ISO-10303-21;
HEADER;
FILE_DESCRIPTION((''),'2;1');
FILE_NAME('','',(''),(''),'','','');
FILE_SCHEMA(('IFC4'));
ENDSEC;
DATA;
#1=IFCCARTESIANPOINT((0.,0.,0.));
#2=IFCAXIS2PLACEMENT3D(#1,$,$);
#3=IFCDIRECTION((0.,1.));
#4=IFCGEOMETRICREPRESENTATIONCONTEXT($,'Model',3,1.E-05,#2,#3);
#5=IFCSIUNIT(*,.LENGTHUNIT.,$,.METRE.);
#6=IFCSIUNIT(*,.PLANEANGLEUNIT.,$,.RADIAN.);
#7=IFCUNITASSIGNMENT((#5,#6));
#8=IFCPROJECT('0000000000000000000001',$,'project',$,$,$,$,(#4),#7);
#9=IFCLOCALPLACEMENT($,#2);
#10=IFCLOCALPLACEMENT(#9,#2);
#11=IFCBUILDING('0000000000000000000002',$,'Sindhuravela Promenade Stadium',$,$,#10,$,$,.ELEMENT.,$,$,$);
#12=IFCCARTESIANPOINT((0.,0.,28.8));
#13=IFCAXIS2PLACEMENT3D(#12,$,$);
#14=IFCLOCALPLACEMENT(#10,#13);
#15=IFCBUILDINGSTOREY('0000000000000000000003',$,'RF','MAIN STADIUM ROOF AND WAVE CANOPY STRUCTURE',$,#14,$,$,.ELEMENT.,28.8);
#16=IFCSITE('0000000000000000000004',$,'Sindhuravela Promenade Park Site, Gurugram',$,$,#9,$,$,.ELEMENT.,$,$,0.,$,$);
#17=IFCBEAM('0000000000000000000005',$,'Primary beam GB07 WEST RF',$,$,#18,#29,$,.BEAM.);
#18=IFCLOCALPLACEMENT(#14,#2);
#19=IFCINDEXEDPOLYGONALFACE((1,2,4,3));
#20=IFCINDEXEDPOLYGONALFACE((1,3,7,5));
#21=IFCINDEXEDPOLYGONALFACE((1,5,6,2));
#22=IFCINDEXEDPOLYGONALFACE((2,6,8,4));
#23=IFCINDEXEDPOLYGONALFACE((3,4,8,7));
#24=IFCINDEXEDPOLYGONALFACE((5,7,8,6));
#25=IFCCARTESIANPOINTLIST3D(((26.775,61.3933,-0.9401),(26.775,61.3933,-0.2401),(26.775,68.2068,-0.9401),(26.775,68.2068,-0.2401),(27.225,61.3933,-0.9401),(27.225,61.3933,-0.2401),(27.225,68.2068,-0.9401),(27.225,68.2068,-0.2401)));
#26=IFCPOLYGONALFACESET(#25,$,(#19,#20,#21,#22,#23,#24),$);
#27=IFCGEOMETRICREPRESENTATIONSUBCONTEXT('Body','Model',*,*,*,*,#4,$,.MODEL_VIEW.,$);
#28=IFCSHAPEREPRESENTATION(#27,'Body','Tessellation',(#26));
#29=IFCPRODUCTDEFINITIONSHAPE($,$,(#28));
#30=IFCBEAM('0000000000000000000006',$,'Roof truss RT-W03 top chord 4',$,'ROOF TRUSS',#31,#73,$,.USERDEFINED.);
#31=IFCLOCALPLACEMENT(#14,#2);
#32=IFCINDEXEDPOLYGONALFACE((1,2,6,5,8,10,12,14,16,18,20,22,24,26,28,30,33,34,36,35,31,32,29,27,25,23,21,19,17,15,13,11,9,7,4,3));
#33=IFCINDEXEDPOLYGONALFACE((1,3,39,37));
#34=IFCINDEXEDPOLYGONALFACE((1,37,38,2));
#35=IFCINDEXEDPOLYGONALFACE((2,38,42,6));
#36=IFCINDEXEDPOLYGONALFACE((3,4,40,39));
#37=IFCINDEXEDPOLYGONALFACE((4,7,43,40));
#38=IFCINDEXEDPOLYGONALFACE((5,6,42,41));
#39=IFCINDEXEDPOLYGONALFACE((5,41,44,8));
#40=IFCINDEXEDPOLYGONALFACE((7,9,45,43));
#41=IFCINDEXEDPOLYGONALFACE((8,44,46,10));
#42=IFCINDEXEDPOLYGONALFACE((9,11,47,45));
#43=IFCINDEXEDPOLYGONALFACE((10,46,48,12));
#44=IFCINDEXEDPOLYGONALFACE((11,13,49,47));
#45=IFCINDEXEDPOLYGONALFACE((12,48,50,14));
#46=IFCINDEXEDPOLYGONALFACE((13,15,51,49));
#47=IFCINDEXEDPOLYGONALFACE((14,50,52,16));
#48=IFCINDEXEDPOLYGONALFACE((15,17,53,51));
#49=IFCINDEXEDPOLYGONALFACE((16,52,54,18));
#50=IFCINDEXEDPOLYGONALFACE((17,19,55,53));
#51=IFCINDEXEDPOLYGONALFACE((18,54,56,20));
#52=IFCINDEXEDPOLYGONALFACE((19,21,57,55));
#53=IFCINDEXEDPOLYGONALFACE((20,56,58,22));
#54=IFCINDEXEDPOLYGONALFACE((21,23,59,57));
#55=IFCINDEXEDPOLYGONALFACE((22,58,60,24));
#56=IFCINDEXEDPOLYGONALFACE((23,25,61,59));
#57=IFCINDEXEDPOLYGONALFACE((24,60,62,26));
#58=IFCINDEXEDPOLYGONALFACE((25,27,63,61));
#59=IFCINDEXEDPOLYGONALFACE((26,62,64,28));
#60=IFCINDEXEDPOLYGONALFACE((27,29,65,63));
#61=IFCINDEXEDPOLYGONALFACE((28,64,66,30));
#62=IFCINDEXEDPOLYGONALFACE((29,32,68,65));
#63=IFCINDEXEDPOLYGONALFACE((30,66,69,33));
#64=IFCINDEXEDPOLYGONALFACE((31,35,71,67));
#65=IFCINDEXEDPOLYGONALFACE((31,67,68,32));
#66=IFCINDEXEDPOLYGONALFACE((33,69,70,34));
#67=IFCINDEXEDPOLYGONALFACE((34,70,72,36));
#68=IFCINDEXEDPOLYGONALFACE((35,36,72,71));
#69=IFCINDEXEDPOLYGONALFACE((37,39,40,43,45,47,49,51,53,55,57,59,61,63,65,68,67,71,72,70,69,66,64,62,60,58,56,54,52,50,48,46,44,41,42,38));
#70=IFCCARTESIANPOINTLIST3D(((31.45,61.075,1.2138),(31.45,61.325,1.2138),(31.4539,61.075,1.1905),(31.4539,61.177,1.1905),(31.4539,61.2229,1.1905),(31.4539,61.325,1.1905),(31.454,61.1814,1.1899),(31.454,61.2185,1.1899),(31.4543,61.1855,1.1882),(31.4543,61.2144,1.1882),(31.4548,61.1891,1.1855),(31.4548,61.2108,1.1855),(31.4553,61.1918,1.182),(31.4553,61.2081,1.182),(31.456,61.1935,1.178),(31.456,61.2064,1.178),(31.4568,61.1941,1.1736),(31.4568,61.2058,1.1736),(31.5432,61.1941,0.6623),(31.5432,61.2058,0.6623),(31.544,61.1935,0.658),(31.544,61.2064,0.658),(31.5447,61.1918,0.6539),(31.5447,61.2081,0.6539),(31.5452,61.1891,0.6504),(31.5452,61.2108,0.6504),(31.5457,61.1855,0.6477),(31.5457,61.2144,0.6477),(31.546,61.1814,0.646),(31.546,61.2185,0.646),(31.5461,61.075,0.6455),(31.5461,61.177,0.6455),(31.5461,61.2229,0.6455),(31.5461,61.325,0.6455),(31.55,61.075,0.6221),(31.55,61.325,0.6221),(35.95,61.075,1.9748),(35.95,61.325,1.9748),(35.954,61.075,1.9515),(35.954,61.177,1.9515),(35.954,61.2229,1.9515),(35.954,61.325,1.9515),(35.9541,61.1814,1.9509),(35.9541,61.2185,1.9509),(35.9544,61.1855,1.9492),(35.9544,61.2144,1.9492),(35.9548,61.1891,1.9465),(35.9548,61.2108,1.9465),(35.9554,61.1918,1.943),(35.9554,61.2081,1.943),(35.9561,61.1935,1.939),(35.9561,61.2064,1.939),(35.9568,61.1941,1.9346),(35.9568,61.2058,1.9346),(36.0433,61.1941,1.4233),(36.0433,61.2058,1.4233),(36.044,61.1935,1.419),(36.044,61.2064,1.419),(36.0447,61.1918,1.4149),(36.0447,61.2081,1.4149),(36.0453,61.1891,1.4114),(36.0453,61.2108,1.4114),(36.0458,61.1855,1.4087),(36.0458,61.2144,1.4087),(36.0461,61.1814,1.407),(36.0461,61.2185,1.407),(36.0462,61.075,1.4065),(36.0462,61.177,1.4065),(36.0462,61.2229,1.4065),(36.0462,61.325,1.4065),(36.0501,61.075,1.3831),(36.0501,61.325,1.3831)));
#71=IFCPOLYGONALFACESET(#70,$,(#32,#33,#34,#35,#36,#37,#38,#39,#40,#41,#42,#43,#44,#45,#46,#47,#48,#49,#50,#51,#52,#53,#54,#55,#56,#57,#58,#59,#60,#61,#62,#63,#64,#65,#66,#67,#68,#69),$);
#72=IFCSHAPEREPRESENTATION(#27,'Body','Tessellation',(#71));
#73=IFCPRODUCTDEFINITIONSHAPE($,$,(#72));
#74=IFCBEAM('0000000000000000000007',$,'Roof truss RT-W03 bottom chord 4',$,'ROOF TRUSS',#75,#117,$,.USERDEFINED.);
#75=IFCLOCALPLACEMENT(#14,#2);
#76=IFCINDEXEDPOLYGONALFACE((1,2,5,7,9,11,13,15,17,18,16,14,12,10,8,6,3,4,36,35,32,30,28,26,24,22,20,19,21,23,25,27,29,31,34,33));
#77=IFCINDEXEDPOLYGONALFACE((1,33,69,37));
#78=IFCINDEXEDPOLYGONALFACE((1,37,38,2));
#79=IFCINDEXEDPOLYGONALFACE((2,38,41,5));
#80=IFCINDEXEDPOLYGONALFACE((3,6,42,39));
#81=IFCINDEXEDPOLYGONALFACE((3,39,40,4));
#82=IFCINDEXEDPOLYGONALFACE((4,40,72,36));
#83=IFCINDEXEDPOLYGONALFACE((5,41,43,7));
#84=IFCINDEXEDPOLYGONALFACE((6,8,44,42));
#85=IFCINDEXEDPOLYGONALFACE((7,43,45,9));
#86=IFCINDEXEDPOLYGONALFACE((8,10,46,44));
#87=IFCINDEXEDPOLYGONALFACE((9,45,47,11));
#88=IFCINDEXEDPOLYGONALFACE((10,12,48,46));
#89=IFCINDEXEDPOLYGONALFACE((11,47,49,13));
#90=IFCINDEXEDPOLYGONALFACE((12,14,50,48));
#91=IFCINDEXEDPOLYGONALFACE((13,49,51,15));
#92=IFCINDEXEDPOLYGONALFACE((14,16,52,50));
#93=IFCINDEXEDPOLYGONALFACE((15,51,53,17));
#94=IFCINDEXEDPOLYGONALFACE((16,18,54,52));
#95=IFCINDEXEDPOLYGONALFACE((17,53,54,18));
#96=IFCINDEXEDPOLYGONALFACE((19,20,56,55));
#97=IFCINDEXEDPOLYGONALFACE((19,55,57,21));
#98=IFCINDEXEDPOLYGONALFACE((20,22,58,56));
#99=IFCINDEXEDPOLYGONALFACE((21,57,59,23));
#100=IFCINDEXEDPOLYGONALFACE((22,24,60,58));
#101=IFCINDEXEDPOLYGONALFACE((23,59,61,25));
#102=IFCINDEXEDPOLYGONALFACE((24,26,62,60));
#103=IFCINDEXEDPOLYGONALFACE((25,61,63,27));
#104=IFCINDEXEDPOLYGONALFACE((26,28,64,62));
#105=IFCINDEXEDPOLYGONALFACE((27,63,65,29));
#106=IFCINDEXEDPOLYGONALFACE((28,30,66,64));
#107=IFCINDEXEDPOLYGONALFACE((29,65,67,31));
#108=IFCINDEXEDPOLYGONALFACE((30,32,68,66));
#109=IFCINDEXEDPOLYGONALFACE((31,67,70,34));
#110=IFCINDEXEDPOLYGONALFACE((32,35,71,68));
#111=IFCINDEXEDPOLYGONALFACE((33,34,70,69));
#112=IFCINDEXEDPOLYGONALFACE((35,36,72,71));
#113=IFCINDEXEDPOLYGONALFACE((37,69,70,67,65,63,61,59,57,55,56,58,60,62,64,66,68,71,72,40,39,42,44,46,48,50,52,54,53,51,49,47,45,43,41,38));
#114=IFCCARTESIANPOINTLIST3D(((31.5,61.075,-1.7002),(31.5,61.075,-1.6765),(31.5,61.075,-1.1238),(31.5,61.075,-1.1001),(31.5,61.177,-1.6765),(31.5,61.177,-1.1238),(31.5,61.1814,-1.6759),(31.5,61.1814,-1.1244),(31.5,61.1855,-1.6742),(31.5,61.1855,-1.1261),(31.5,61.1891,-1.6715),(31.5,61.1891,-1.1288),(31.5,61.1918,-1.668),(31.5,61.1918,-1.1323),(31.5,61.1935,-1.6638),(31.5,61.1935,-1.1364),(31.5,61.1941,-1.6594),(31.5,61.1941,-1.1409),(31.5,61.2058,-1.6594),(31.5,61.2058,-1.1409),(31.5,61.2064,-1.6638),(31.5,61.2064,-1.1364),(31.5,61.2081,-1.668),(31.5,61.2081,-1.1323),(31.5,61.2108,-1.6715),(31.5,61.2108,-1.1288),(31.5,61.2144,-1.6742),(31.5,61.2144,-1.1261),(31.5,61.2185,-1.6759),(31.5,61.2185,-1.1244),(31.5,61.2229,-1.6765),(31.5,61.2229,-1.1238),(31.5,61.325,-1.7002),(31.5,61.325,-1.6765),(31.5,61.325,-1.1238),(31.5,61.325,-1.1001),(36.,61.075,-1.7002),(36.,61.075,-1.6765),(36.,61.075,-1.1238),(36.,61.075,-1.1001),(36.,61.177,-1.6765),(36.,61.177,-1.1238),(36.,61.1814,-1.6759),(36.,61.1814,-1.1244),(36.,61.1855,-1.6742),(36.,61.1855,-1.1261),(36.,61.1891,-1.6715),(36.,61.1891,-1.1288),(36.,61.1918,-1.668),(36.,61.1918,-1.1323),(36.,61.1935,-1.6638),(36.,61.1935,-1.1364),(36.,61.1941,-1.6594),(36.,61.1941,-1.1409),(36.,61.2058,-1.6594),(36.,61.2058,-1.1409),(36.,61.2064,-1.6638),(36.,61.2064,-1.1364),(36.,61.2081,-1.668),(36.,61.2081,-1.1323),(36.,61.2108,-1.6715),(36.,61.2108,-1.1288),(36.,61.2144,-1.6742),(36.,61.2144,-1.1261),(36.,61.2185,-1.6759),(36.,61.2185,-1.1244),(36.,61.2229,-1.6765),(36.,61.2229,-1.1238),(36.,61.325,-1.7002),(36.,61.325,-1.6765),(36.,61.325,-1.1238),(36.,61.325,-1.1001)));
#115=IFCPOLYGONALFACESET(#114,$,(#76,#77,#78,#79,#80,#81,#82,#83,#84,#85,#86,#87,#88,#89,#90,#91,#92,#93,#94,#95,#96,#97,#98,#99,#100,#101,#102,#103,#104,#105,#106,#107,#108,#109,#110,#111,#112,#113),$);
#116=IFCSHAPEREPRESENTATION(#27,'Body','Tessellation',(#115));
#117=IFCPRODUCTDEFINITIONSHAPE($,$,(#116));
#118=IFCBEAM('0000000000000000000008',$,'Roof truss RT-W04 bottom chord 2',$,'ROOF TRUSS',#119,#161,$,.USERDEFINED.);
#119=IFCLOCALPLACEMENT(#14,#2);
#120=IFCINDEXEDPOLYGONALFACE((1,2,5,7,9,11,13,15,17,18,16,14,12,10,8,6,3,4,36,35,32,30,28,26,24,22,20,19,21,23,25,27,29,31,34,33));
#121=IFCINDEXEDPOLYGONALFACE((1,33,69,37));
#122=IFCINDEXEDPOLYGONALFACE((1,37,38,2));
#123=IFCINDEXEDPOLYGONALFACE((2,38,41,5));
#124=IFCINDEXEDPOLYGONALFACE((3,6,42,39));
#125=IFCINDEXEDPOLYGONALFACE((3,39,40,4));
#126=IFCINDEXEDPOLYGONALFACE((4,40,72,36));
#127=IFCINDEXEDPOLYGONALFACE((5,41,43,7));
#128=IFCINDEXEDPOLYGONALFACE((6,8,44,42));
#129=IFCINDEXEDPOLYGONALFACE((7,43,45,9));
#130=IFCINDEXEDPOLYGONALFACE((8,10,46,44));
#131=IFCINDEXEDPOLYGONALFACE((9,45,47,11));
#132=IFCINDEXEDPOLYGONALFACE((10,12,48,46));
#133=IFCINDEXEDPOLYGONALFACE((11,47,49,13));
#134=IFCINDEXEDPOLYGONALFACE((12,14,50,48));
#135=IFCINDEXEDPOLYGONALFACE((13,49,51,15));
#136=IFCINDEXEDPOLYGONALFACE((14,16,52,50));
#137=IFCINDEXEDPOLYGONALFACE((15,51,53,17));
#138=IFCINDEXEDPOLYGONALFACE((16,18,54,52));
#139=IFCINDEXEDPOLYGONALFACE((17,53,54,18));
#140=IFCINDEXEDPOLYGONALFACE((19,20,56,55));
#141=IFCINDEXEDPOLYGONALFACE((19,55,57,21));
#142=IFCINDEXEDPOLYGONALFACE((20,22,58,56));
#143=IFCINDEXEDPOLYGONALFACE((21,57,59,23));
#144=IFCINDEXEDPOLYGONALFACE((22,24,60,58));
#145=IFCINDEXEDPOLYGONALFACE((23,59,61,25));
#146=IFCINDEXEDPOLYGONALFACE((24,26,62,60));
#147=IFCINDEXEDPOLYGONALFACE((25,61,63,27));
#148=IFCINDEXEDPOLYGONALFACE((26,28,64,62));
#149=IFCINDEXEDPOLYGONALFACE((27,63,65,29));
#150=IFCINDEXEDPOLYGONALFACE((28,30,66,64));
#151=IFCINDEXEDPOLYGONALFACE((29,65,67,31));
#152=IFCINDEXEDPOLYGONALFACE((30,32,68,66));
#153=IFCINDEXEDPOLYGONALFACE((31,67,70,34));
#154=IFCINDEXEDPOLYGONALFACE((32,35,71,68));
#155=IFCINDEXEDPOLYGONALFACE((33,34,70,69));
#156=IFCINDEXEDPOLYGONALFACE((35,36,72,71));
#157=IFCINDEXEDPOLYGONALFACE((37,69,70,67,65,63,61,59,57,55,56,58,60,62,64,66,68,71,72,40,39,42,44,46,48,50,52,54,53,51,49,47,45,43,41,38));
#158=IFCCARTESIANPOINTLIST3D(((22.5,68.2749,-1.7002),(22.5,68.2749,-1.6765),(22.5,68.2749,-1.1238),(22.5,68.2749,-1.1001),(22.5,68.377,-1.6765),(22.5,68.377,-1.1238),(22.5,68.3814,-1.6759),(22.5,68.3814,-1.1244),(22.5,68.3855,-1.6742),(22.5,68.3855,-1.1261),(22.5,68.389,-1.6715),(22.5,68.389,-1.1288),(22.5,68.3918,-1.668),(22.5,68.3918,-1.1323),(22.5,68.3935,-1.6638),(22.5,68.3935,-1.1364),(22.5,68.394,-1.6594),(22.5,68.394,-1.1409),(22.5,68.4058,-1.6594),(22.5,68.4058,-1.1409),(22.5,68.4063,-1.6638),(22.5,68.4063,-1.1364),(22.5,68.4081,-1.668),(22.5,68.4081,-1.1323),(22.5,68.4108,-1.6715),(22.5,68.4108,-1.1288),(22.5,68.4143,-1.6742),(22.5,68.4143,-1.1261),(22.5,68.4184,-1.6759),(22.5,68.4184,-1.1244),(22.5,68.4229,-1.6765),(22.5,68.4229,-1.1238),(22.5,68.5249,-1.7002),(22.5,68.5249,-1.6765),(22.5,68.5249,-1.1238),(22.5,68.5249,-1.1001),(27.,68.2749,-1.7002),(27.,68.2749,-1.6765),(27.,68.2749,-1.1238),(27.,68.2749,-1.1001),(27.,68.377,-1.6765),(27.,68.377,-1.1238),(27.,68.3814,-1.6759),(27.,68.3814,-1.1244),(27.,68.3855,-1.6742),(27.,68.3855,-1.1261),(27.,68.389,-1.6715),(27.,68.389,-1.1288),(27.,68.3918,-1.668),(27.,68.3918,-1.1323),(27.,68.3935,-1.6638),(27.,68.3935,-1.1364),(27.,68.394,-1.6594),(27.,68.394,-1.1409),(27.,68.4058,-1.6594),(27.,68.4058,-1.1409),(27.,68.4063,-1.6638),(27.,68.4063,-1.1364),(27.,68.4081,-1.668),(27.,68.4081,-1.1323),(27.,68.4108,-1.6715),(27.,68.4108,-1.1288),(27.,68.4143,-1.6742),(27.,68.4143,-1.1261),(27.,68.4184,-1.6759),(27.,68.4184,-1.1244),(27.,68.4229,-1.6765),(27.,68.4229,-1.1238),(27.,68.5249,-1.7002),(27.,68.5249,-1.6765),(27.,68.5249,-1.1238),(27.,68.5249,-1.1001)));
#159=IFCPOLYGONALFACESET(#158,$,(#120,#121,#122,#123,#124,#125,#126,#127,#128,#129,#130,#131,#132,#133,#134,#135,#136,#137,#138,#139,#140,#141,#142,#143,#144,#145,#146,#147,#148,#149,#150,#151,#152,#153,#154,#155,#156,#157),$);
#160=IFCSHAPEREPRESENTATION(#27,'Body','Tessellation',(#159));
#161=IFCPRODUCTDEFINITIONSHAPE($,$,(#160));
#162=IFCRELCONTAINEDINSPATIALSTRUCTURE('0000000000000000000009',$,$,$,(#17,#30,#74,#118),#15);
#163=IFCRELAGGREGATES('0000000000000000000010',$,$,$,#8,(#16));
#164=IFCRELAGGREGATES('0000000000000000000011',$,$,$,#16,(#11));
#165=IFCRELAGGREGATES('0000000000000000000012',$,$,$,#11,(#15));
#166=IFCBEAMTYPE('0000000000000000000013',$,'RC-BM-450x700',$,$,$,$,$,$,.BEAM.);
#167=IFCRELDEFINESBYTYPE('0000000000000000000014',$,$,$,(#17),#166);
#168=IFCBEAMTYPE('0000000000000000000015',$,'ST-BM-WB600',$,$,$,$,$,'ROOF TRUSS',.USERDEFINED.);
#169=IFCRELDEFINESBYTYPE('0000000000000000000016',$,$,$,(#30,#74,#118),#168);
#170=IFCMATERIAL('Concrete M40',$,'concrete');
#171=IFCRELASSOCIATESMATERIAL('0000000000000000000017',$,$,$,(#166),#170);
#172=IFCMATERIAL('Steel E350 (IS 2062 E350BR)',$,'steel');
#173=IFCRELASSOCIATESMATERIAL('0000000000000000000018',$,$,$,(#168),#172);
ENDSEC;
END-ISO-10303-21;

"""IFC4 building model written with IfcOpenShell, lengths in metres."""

from ifc_helpers import new_model, si_unit, direction, frame, origin, origin_2d, place, context, subcontext, project, spatial, rectangle, i_section, extrude, material, material_profile, profile_set, type_object, element, save


model = new_model("IFC4")

# Units and contexts
model_context = context("Model", 3, precision=1e-05, world=origin(), true_north=direction((0.0, 1.0)))
body_context = subcontext(model_context, "Body", "Model", "MODEL_VIEW")
ifc_project = project(units=[si_unit("LENGTHUNIT", "METRE"), si_unit("PLANEANGLEUNIT", "RADIAN")], contexts=[model_context])

# Site, building, storey
site_placement = place(None, origin())
site = spatial("IfcSite", under=ifc_project, at=site_placement, Name="Sindhuravela Promenade Park Site, Gurugram", CompositionType="ELEMENT", RefElevation=0.0)
building_placement = place(site_placement, origin())
building = spatial("IfcBuilding", under=site, at=building_placement, Name="Sindhuravela Promenade Stadium", CompositionType="ELEMENT")
storey_placement = place(building_placement, frame((0.0, 0.0, 28.8)))
storey = spatial("IfcBuildingStorey", under=building, at=storey_placement, Name="RF", Description="MAIN STADIUM ROOF AND WAVE CANOPY STRUCTURE", CompositionType="ELEMENT", Elevation=28.8)

# Beams
ifc_material_1 = material(Name="Concrete M40", Category="concrete")
ifc_material_profile_1 = material_profile(ifc_material_1, rectangle(XDim=0.45, YDim=0.7, at=origin_2d()), Name="RC 450x700")
ifc_profile_set_1 = profile_set([ifc_material_profile_1], Name="Concrete M40")
beam_type_1 = type_object("IfcBeamType", Name="RC-BM-450x700", PredefinedType="BEAM", material=ifc_profile_set_1)
beam_1_placement = place(storey_placement, frame((27.0, 61.3933, -0.5901), z_axis=(0.0, 1.0, 0.0), x_axis=(-1.0, 0.0, 0.0)))
element("IfcBeam", 1, at=beam_1_placement, inside=storey, type_object=beam_type_1, Name="Primary beam GB07 WEST RF", PredefinedType="BEAM", context=body_context, shape_type="SweptSolid", body=[
    extrude(rectangle(XDim=0.45, YDim=0.7, at=origin_2d()), origin(), (0.0, 0.0, 1.0), 6.8135),
])
ifc_material_2 = material(Name="Steel E350 (IS 2062 E350BR)", Category="steel")
ifc_material_profile_2 = material_profile(ifc_material_2, i_section(OverallWidth=0.25, OverallDepth=0.6001, WebThickness=0.0117, FlangeThickness=0.0237, FilletRadius=0.0171, at=origin_2d()), Name="ISWB 600")
ifc_profile_set_2 = profile_set([ifc_material_profile_2], Name="Steel E350 (IS 2062 E350BR)")
beam_type_2 = type_object("IfcBeamType", Name="ST-BM-WB600", ElementType="ROOF TRUSS", PredefinedType="USERDEFINED", material=ifc_profile_set_2)
beam_2_placement = place(storey_placement, frame((31.5, 61.2, 0.918), z_axis=(0.986001, 0.0, 0.166741), x_axis=(0.0, 1.0, 0.0)))
element("IfcBeam", 2, at=beam_2_placement, inside=storey, type_object=beam_type_2, Name="Roof truss RT-W03 top chord 4", ObjectType="ROOF TRUSS", PredefinedType="USERDEFINED", context=body_context, shape_type="SweptSolid", body=[
    extrude(i_section(OverallWidth=0.25, OverallDepth=0.6001, WebThickness=0.0117, FlangeThickness=0.0237, FilletRadius=0.0171, at=origin_2d()), origin(), (0.0, 0.0, 1.0), 4.564),
])
for number, where, z_axis, x_axis, name in (
    (3, (31.5, 61.2, -1.4001), (1.0, 0.0, 0.0), (0.0, 1.0, 0.0), "Roof truss RT-W03 bottom chord 4"),
    (4, (22.5, 68.3999, -1.4001), (1.0, 0.0, 0.0), (0.0, 1.0, 0.0), "Roof truss RT-W04 bottom chord 2"),
):
    element("IfcBeam", number, at=place(storey_placement, frame(where, z_axis=z_axis, x_axis=x_axis)), inside=storey, type_object=beam_type_2, Name=name, ObjectType="ROOF TRUSS", PredefinedType="USERDEFINED", context=body_context, shape_type="SweptSolid", body=[
        extrude(i_section(OverallWidth=0.25, OverallDepth=0.6001, WebThickness=0.0117, FlangeThickness=0.0237, FilletRadius=0.0171, at=origin_2d()), origin(), (0.0, 0.0, 1.0), 4.5),
    ])

save(model, "model.ifc")
